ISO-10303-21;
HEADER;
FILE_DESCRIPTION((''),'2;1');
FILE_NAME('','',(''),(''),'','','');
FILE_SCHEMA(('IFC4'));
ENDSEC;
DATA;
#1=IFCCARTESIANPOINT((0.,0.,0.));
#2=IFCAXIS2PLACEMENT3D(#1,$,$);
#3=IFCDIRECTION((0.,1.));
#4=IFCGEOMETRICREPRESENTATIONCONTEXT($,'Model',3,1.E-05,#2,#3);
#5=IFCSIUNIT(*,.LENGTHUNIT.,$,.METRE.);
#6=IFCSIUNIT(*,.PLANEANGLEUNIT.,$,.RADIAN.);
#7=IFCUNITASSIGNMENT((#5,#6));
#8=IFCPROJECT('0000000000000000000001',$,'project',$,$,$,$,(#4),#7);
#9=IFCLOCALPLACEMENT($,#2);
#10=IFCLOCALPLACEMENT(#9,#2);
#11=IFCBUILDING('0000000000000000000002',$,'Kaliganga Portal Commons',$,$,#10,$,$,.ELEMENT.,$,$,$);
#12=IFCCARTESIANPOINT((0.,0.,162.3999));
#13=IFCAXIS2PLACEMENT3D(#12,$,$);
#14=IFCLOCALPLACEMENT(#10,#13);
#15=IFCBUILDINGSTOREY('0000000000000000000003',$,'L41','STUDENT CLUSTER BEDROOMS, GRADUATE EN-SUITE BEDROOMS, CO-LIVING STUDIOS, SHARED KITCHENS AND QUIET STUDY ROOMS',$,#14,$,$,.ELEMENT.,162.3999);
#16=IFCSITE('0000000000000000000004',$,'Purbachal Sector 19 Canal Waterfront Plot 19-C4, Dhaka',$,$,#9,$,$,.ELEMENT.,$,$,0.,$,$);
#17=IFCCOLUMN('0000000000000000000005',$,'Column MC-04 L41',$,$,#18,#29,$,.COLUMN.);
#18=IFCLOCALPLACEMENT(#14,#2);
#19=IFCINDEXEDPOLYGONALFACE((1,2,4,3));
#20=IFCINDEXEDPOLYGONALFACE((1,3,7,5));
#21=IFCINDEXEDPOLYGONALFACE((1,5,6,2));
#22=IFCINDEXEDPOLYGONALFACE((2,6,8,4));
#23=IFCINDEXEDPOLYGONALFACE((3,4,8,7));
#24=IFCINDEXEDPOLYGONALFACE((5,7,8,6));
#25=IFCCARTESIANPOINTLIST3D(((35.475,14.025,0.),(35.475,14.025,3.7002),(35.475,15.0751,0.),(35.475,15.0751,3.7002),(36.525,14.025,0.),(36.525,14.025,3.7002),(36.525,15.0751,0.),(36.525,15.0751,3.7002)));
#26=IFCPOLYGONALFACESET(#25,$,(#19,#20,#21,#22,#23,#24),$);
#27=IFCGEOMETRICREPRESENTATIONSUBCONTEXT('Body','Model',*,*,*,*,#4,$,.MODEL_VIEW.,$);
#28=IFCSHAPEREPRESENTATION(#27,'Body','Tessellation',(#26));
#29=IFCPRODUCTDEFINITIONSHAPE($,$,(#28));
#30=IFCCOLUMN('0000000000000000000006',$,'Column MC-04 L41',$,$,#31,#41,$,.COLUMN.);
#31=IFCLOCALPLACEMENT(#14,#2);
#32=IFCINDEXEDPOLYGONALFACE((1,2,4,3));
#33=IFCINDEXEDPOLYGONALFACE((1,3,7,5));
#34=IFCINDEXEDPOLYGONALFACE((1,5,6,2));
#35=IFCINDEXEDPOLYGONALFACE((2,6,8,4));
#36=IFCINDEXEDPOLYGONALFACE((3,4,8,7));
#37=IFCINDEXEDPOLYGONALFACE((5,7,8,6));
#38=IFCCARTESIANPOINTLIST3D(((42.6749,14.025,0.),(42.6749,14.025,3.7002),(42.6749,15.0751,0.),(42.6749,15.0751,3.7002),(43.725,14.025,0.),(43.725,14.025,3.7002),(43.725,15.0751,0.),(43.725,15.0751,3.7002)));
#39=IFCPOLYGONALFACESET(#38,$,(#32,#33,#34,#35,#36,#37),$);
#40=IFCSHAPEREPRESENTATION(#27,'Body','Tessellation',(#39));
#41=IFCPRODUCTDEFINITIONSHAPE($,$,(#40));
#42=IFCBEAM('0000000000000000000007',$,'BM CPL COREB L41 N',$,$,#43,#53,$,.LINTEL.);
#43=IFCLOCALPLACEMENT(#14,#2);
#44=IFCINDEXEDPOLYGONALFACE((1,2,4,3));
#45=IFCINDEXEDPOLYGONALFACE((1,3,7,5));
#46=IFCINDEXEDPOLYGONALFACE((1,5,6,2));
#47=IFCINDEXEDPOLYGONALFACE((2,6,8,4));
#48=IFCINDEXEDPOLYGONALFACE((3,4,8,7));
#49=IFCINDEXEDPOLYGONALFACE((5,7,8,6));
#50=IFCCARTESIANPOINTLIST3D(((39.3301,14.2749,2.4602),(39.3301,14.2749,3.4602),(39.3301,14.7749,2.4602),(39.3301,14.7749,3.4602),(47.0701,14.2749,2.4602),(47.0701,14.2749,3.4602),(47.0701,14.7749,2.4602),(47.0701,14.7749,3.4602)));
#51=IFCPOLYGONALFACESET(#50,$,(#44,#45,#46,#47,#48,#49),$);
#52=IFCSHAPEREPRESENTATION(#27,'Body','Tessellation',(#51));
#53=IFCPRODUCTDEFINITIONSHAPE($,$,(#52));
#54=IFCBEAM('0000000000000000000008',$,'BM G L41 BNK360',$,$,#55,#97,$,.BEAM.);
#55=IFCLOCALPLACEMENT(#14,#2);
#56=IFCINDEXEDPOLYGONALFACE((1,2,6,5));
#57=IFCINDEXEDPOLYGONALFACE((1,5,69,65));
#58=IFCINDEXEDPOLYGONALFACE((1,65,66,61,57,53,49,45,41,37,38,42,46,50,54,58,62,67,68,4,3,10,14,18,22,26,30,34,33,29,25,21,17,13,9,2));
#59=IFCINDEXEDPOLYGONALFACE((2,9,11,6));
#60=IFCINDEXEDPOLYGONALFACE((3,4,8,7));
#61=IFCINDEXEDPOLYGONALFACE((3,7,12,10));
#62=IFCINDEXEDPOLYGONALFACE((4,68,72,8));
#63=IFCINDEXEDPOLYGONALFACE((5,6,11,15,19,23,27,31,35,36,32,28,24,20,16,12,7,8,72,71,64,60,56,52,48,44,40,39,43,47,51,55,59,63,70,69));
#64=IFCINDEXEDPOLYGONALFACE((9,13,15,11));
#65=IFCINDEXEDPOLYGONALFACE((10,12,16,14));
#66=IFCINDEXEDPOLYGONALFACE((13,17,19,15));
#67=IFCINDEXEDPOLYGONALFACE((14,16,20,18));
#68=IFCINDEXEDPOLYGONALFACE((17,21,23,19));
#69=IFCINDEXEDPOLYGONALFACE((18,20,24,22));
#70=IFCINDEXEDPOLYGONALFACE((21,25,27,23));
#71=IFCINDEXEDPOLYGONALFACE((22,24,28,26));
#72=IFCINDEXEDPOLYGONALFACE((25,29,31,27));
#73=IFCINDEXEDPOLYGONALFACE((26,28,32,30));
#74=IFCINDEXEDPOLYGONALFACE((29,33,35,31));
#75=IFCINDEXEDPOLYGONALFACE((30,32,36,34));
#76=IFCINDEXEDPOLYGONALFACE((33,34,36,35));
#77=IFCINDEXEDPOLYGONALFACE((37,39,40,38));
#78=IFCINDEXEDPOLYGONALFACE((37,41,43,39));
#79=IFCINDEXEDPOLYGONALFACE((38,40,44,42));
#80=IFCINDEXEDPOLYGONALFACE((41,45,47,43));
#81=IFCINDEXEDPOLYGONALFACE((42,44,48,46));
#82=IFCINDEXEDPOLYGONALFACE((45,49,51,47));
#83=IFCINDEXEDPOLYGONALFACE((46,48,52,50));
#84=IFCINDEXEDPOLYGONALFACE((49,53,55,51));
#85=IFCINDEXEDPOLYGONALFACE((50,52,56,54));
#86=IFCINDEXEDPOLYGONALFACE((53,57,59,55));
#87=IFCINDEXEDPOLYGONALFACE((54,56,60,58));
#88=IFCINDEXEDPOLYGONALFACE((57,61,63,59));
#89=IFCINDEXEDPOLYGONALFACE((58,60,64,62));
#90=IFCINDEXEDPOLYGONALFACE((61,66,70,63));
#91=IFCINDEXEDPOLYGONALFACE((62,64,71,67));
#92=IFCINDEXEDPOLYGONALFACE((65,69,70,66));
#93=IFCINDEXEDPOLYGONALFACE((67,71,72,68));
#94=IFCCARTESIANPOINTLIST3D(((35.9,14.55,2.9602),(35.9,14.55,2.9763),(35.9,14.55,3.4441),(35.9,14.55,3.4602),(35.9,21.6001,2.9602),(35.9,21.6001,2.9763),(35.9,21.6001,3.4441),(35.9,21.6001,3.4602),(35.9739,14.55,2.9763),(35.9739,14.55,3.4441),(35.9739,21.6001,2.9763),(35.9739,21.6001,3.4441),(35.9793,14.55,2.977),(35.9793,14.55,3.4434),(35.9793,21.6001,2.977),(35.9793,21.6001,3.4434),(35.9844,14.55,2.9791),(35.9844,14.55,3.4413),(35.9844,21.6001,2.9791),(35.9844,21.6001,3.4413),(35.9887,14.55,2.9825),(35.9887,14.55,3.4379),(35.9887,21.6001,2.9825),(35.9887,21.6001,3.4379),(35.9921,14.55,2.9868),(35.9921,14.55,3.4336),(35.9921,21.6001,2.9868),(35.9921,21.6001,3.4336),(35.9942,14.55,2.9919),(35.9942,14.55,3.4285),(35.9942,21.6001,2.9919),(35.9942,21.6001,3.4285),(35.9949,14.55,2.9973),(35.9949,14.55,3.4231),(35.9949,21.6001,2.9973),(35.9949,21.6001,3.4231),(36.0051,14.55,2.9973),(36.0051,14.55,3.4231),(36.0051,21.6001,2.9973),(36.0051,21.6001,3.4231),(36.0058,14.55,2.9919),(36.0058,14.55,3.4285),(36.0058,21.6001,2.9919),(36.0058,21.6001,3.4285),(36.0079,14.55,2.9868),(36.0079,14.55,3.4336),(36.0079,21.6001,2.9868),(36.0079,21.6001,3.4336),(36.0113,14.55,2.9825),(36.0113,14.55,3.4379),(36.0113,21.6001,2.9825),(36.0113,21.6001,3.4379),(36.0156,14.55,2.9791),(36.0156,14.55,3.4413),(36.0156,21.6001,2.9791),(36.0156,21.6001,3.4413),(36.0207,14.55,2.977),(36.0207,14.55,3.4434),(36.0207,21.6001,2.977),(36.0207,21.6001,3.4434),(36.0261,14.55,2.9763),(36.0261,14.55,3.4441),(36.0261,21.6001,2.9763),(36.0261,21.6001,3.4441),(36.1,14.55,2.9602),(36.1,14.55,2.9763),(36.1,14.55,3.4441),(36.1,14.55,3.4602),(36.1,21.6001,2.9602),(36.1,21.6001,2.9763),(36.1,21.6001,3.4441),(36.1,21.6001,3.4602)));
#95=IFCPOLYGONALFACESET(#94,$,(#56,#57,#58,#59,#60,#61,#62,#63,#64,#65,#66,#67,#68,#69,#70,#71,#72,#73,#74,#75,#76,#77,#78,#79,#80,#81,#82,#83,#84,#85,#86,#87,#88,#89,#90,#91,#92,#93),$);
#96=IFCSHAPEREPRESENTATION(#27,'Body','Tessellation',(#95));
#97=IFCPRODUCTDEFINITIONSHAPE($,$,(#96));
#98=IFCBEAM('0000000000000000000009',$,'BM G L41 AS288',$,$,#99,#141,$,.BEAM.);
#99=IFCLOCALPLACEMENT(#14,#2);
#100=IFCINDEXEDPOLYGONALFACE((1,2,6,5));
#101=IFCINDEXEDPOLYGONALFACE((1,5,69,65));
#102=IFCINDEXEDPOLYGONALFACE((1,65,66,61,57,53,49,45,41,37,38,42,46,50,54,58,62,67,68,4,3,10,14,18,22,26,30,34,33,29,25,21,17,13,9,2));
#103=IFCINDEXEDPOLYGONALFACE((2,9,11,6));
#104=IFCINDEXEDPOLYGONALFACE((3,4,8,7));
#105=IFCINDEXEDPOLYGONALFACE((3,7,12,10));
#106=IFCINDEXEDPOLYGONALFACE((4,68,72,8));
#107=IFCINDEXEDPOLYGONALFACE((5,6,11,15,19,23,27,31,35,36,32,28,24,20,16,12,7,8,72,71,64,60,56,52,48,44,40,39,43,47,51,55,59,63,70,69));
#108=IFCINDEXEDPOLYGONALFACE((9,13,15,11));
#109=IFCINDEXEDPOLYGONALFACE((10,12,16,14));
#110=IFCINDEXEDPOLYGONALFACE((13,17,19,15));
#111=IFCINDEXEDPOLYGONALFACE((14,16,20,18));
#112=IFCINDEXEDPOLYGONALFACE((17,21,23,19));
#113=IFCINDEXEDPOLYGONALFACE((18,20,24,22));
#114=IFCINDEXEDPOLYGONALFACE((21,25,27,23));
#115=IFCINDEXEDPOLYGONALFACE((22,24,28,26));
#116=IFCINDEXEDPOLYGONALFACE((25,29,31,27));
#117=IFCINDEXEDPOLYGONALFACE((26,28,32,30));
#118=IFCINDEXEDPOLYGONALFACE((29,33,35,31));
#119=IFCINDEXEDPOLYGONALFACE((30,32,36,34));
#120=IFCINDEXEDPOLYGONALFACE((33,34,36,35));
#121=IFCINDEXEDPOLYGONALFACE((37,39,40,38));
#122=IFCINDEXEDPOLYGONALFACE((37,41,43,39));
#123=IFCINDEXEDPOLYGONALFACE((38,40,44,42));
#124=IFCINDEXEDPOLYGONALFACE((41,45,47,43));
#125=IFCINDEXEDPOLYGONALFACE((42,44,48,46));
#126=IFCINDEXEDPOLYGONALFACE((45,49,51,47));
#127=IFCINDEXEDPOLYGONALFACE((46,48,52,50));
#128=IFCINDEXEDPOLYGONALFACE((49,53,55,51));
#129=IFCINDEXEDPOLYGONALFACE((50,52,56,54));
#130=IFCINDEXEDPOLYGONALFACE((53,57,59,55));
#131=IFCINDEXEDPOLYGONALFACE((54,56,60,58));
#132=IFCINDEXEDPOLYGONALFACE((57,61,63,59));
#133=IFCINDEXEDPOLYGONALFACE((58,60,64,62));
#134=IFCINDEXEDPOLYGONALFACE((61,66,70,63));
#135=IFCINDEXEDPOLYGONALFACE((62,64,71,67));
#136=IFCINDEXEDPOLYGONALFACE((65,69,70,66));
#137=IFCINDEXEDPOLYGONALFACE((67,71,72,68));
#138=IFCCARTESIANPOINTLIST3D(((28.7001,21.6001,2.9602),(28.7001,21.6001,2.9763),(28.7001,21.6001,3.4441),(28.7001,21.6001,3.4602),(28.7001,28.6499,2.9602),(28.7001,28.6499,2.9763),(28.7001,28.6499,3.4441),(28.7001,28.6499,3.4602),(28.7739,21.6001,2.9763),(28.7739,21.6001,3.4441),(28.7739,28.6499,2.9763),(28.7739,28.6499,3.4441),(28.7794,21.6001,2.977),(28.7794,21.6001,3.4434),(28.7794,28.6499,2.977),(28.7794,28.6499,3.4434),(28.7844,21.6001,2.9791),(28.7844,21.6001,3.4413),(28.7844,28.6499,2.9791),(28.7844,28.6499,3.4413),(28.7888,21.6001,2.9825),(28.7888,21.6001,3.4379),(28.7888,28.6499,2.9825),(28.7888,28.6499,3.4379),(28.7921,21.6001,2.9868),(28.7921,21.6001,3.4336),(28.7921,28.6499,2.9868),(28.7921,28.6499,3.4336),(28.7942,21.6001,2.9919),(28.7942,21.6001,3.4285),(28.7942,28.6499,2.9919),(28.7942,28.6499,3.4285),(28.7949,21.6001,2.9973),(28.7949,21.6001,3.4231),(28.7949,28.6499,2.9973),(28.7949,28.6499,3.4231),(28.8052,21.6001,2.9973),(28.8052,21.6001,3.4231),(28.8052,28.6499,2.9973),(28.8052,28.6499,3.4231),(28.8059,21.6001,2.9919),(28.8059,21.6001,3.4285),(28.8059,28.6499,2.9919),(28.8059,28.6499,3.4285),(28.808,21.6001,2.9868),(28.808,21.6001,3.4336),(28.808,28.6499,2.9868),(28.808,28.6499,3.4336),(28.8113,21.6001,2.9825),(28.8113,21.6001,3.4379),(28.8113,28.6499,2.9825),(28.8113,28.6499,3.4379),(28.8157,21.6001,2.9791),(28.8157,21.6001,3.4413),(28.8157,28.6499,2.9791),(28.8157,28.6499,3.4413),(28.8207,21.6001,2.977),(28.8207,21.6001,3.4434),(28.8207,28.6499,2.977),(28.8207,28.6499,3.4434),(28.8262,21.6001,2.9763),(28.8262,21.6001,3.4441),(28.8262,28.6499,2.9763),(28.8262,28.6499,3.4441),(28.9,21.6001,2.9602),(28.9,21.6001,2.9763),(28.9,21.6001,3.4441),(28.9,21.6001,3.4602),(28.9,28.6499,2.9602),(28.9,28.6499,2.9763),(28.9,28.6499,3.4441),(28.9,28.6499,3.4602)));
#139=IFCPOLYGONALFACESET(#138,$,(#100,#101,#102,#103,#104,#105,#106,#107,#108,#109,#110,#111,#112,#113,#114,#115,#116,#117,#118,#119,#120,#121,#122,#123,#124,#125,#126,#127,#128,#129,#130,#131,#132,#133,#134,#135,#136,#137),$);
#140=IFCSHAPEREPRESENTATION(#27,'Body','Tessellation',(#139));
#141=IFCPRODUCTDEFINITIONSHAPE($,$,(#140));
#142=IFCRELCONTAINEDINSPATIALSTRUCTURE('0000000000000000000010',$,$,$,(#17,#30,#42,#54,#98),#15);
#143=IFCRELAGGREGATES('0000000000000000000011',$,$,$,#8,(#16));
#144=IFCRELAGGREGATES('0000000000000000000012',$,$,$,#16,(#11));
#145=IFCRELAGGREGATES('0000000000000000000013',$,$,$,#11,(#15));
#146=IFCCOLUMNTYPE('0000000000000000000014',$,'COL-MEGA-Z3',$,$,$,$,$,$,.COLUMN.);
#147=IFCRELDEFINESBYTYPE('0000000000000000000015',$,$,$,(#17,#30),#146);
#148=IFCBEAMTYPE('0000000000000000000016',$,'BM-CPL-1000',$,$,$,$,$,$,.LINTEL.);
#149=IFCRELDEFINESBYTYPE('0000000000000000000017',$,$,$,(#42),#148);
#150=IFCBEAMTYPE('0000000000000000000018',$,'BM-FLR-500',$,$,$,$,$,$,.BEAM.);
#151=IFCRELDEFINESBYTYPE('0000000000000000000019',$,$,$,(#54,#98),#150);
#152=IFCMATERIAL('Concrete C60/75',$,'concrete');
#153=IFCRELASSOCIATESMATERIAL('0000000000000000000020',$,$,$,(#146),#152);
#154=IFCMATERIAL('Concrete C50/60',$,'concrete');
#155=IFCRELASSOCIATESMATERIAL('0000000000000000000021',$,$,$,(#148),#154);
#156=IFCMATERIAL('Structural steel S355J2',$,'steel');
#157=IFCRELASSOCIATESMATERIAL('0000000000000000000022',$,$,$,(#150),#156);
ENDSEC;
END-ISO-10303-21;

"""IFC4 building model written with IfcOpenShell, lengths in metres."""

from ifc_helpers import new_model, si_unit, direction, frame, origin, origin_2d, place, context, subcontext, project, spatial, rectangle, i_section, extrude, source, transform, mapped, material, material_profile, profile_set, type_object, element, save


model = new_model("IFC4")

# Units and contexts
model_context = context("Model", 3, precision=1e-05, world=origin(), true_north=direction((0.0, 1.0)))
body_context = subcontext(model_context, "Body", "Model", "MODEL_VIEW")
ifc_project = project(units=[si_unit("LENGTHUNIT", "METRE"), si_unit("PLANEANGLEUNIT", "RADIAN")], contexts=[model_context])

# Site, building, storey
site_placement = place(None, origin())
site = spatial("IfcSite", under=ifc_project, at=site_placement, Name="Purbachal Sector 19 Canal Waterfront Plot 19-C4, Dhaka", CompositionType="ELEMENT", RefElevation=0.0)
building_placement = place(site_placement, origin())
building = spatial("IfcBuilding", under=site, at=building_placement, Name="Kaliganga Portal Commons", CompositionType="ELEMENT")
storey_placement = place(building_placement, frame((0.0, 0.0, 162.3999)))
storey = spatial("IfcBuildingStorey", under=building, at=storey_placement, Name="L41", Description="STUDENT CLUSTER BEDROOMS, GRADUATE EN-SUITE BEDROOMS, CO-LIVING STUDIOS, SHARED KITCHENS AND QUIET STUDY ROOMS", CompositionType="ELEMENT", Elevation=162.3999)

# Columns
ifc_material_1 = material(Name="Concrete C60/75", Category="concrete")
ifc_material_profile_1 = material_profile(ifc_material_1, rectangle(XDim=1.05, YDim=1.05, at=origin_2d()), Name="RC 1050x1050")
ifc_profile_set_1 = profile_set([ifc_material_profile_1], Name="Concrete C60/75")
column_type = type_object("IfcColumnType", Name="COL-MEGA-Z3", PredefinedType="COLUMN", material=ifc_profile_set_1)
shared_shape_1 = source(origin(), body_context, "Body", "SweptSolid", [
    extrude(rectangle(XDim=1.05, YDim=1.05, at=origin_2d()), origin(), (0.0, 0.0, 1.0), 3.7002),
])
for number, where, z_axis, x_axis, name in (
    (1, (36.0, 14.55, 0.0), (0.0, 0.0, 1.0), (1.0, 0.0, 0.0), "Column MC-04 L41"),
    (2, (43.2, 14.55, 0.0), (0.0, 0.0, 1.0), (1.0, 0.0, 0.0), "Column MC-04 L41"),
):
    element("IfcColumn", number, at=place(storey_placement, frame(where, z_axis=z_axis, x_axis=x_axis)), inside=storey, type_object=column_type, Name=name, PredefinedType="COLUMN", context=body_context, shape_type="MappedRepresentation", body=[
        mapped(shared_shape_1, transform((0.0, 0.0, 0.0), x_axis=(1.0, 0.0, 0.0), y_axis=(0.0, 1.0, 0.0), z_axis=(0.0, 0.0, 1.0), scale=1.0)),
    ])

# Beams
ifc_material_2 = material(Name="Concrete C50/60", Category="concrete")
ifc_material_profile_2 = material_profile(ifc_material_2, rectangle(XDim=0.5, YDim=1.0, at=origin_2d()), Name="RC 500x1000")
ifc_profile_set_2 = profile_set([ifc_material_profile_2], Name="Concrete C50/60")
beam_type_1 = type_object("IfcBeamType", Name="BM-CPL-1000", PredefinedType="LINTEL", material=ifc_profile_set_2)
shared_shape_2 = source(origin(), body_context, "Body", "SweptSolid", [
    extrude(rectangle(XDim=0.5, YDim=1.0, at=origin_2d()), origin(), (0.0, 0.0, 1.0), 7.74),
])
beam_1_placement = place(storey_placement, frame((39.3301, 14.5249, 2.9602), z_axis=(1.0, 0.0, 0.0), x_axis=(0.0, 1.0, 0.0)))
element("IfcBeam", 3, at=beam_1_placement, inside=storey, type_object=beam_type_1, Name="BM CPL COREB L41 N", PredefinedType="LINTEL", context=body_context, shape_type="MappedRepresentation", body=[
    mapped(shared_shape_2, transform((0.0, 0.0, 0.0), x_axis=(1.0, 0.0, 0.0), y_axis=(0.0, 1.0, 0.0), z_axis=(0.0, 0.0, 1.0), scale=1.0)),
])
ifc_material_3 = material(Name="Structural steel S355J2", Category="steel")
ifc_material_profile_3 = material_profile(ifc_material_3, i_section(OverallWidth=0.2, OverallDepth=0.5, WebThickness=0.0103, FlangeThickness=0.0161, FilletRadius=0.021, at=origin_2d()), Name="IPE 500")
ifc_profile_set_3 = profile_set([ifc_material_profile_3], Name="Structural steel S355J2 wide-flange")
beam_type_2 = type_object("IfcBeamType", Name="BM-FLR-500", PredefinedType="BEAM", material=ifc_profile_set_3)
shared_shape_3 = source(origin(), body_context, "Body", "SweptSolid", [
    extrude(i_section(OverallWidth=0.2, OverallDepth=0.5, WebThickness=0.0103, FlangeThickness=0.0161, FilletRadius=0.021, at=origin_2d()), origin(), (0.0, 0.0, 1.0), 7.05),
])
beam_2_placement = place(storey_placement, frame((36.0, 14.55, 3.2102), z_axis=(0.0, 1.0, 0.0), x_axis=(-1.0, 0.0, 0.0)))
element("IfcBeam", 4, at=beam_2_placement, inside=storey, type_object=beam_type_2, Name="BM G L41 BNK360", PredefinedType="BEAM", context=body_context, shape_type="MappedRepresentation", body=[
    mapped(shared_shape_3, transform((0.0, 0.0, 0.0), x_axis=(1.0, 0.0, 0.0), y_axis=(0.0, 1.0, 0.0), z_axis=(0.0, 0.0, 1.0), scale=1.0)),
])
shared_shape_4 = source(origin(), body_context, "Body", "SweptSolid", [
    extrude(i_section(OverallWidth=0.2, OverallDepth=0.5, WebThickness=0.0103, FlangeThickness=0.0161, FilletRadius=0.021, at=origin_2d()), origin(), (0.0, 0.0, 1.0), 7.0498),
])
beam_3_placement = place(storey_placement, frame((28.8, 21.6001, 3.2102), z_axis=(0.0, 1.0, 0.0), x_axis=(-1.0, 0.0, 0.0)))
element("IfcBeam", 5, at=beam_3_placement, inside=storey, type_object=beam_type_2, Name="BM G L41 AS288", PredefinedType="BEAM", context=body_context, shape_type="MappedRepresentation", body=[
    mapped(shared_shape_4, transform((0.0, 0.0, 0.0), x_axis=(1.0, 0.0, 0.0), y_axis=(0.0, 1.0, 0.0), z_axis=(0.0, 0.0, 1.0), scale=1.0)),
])

save(model, "model.ifc")
